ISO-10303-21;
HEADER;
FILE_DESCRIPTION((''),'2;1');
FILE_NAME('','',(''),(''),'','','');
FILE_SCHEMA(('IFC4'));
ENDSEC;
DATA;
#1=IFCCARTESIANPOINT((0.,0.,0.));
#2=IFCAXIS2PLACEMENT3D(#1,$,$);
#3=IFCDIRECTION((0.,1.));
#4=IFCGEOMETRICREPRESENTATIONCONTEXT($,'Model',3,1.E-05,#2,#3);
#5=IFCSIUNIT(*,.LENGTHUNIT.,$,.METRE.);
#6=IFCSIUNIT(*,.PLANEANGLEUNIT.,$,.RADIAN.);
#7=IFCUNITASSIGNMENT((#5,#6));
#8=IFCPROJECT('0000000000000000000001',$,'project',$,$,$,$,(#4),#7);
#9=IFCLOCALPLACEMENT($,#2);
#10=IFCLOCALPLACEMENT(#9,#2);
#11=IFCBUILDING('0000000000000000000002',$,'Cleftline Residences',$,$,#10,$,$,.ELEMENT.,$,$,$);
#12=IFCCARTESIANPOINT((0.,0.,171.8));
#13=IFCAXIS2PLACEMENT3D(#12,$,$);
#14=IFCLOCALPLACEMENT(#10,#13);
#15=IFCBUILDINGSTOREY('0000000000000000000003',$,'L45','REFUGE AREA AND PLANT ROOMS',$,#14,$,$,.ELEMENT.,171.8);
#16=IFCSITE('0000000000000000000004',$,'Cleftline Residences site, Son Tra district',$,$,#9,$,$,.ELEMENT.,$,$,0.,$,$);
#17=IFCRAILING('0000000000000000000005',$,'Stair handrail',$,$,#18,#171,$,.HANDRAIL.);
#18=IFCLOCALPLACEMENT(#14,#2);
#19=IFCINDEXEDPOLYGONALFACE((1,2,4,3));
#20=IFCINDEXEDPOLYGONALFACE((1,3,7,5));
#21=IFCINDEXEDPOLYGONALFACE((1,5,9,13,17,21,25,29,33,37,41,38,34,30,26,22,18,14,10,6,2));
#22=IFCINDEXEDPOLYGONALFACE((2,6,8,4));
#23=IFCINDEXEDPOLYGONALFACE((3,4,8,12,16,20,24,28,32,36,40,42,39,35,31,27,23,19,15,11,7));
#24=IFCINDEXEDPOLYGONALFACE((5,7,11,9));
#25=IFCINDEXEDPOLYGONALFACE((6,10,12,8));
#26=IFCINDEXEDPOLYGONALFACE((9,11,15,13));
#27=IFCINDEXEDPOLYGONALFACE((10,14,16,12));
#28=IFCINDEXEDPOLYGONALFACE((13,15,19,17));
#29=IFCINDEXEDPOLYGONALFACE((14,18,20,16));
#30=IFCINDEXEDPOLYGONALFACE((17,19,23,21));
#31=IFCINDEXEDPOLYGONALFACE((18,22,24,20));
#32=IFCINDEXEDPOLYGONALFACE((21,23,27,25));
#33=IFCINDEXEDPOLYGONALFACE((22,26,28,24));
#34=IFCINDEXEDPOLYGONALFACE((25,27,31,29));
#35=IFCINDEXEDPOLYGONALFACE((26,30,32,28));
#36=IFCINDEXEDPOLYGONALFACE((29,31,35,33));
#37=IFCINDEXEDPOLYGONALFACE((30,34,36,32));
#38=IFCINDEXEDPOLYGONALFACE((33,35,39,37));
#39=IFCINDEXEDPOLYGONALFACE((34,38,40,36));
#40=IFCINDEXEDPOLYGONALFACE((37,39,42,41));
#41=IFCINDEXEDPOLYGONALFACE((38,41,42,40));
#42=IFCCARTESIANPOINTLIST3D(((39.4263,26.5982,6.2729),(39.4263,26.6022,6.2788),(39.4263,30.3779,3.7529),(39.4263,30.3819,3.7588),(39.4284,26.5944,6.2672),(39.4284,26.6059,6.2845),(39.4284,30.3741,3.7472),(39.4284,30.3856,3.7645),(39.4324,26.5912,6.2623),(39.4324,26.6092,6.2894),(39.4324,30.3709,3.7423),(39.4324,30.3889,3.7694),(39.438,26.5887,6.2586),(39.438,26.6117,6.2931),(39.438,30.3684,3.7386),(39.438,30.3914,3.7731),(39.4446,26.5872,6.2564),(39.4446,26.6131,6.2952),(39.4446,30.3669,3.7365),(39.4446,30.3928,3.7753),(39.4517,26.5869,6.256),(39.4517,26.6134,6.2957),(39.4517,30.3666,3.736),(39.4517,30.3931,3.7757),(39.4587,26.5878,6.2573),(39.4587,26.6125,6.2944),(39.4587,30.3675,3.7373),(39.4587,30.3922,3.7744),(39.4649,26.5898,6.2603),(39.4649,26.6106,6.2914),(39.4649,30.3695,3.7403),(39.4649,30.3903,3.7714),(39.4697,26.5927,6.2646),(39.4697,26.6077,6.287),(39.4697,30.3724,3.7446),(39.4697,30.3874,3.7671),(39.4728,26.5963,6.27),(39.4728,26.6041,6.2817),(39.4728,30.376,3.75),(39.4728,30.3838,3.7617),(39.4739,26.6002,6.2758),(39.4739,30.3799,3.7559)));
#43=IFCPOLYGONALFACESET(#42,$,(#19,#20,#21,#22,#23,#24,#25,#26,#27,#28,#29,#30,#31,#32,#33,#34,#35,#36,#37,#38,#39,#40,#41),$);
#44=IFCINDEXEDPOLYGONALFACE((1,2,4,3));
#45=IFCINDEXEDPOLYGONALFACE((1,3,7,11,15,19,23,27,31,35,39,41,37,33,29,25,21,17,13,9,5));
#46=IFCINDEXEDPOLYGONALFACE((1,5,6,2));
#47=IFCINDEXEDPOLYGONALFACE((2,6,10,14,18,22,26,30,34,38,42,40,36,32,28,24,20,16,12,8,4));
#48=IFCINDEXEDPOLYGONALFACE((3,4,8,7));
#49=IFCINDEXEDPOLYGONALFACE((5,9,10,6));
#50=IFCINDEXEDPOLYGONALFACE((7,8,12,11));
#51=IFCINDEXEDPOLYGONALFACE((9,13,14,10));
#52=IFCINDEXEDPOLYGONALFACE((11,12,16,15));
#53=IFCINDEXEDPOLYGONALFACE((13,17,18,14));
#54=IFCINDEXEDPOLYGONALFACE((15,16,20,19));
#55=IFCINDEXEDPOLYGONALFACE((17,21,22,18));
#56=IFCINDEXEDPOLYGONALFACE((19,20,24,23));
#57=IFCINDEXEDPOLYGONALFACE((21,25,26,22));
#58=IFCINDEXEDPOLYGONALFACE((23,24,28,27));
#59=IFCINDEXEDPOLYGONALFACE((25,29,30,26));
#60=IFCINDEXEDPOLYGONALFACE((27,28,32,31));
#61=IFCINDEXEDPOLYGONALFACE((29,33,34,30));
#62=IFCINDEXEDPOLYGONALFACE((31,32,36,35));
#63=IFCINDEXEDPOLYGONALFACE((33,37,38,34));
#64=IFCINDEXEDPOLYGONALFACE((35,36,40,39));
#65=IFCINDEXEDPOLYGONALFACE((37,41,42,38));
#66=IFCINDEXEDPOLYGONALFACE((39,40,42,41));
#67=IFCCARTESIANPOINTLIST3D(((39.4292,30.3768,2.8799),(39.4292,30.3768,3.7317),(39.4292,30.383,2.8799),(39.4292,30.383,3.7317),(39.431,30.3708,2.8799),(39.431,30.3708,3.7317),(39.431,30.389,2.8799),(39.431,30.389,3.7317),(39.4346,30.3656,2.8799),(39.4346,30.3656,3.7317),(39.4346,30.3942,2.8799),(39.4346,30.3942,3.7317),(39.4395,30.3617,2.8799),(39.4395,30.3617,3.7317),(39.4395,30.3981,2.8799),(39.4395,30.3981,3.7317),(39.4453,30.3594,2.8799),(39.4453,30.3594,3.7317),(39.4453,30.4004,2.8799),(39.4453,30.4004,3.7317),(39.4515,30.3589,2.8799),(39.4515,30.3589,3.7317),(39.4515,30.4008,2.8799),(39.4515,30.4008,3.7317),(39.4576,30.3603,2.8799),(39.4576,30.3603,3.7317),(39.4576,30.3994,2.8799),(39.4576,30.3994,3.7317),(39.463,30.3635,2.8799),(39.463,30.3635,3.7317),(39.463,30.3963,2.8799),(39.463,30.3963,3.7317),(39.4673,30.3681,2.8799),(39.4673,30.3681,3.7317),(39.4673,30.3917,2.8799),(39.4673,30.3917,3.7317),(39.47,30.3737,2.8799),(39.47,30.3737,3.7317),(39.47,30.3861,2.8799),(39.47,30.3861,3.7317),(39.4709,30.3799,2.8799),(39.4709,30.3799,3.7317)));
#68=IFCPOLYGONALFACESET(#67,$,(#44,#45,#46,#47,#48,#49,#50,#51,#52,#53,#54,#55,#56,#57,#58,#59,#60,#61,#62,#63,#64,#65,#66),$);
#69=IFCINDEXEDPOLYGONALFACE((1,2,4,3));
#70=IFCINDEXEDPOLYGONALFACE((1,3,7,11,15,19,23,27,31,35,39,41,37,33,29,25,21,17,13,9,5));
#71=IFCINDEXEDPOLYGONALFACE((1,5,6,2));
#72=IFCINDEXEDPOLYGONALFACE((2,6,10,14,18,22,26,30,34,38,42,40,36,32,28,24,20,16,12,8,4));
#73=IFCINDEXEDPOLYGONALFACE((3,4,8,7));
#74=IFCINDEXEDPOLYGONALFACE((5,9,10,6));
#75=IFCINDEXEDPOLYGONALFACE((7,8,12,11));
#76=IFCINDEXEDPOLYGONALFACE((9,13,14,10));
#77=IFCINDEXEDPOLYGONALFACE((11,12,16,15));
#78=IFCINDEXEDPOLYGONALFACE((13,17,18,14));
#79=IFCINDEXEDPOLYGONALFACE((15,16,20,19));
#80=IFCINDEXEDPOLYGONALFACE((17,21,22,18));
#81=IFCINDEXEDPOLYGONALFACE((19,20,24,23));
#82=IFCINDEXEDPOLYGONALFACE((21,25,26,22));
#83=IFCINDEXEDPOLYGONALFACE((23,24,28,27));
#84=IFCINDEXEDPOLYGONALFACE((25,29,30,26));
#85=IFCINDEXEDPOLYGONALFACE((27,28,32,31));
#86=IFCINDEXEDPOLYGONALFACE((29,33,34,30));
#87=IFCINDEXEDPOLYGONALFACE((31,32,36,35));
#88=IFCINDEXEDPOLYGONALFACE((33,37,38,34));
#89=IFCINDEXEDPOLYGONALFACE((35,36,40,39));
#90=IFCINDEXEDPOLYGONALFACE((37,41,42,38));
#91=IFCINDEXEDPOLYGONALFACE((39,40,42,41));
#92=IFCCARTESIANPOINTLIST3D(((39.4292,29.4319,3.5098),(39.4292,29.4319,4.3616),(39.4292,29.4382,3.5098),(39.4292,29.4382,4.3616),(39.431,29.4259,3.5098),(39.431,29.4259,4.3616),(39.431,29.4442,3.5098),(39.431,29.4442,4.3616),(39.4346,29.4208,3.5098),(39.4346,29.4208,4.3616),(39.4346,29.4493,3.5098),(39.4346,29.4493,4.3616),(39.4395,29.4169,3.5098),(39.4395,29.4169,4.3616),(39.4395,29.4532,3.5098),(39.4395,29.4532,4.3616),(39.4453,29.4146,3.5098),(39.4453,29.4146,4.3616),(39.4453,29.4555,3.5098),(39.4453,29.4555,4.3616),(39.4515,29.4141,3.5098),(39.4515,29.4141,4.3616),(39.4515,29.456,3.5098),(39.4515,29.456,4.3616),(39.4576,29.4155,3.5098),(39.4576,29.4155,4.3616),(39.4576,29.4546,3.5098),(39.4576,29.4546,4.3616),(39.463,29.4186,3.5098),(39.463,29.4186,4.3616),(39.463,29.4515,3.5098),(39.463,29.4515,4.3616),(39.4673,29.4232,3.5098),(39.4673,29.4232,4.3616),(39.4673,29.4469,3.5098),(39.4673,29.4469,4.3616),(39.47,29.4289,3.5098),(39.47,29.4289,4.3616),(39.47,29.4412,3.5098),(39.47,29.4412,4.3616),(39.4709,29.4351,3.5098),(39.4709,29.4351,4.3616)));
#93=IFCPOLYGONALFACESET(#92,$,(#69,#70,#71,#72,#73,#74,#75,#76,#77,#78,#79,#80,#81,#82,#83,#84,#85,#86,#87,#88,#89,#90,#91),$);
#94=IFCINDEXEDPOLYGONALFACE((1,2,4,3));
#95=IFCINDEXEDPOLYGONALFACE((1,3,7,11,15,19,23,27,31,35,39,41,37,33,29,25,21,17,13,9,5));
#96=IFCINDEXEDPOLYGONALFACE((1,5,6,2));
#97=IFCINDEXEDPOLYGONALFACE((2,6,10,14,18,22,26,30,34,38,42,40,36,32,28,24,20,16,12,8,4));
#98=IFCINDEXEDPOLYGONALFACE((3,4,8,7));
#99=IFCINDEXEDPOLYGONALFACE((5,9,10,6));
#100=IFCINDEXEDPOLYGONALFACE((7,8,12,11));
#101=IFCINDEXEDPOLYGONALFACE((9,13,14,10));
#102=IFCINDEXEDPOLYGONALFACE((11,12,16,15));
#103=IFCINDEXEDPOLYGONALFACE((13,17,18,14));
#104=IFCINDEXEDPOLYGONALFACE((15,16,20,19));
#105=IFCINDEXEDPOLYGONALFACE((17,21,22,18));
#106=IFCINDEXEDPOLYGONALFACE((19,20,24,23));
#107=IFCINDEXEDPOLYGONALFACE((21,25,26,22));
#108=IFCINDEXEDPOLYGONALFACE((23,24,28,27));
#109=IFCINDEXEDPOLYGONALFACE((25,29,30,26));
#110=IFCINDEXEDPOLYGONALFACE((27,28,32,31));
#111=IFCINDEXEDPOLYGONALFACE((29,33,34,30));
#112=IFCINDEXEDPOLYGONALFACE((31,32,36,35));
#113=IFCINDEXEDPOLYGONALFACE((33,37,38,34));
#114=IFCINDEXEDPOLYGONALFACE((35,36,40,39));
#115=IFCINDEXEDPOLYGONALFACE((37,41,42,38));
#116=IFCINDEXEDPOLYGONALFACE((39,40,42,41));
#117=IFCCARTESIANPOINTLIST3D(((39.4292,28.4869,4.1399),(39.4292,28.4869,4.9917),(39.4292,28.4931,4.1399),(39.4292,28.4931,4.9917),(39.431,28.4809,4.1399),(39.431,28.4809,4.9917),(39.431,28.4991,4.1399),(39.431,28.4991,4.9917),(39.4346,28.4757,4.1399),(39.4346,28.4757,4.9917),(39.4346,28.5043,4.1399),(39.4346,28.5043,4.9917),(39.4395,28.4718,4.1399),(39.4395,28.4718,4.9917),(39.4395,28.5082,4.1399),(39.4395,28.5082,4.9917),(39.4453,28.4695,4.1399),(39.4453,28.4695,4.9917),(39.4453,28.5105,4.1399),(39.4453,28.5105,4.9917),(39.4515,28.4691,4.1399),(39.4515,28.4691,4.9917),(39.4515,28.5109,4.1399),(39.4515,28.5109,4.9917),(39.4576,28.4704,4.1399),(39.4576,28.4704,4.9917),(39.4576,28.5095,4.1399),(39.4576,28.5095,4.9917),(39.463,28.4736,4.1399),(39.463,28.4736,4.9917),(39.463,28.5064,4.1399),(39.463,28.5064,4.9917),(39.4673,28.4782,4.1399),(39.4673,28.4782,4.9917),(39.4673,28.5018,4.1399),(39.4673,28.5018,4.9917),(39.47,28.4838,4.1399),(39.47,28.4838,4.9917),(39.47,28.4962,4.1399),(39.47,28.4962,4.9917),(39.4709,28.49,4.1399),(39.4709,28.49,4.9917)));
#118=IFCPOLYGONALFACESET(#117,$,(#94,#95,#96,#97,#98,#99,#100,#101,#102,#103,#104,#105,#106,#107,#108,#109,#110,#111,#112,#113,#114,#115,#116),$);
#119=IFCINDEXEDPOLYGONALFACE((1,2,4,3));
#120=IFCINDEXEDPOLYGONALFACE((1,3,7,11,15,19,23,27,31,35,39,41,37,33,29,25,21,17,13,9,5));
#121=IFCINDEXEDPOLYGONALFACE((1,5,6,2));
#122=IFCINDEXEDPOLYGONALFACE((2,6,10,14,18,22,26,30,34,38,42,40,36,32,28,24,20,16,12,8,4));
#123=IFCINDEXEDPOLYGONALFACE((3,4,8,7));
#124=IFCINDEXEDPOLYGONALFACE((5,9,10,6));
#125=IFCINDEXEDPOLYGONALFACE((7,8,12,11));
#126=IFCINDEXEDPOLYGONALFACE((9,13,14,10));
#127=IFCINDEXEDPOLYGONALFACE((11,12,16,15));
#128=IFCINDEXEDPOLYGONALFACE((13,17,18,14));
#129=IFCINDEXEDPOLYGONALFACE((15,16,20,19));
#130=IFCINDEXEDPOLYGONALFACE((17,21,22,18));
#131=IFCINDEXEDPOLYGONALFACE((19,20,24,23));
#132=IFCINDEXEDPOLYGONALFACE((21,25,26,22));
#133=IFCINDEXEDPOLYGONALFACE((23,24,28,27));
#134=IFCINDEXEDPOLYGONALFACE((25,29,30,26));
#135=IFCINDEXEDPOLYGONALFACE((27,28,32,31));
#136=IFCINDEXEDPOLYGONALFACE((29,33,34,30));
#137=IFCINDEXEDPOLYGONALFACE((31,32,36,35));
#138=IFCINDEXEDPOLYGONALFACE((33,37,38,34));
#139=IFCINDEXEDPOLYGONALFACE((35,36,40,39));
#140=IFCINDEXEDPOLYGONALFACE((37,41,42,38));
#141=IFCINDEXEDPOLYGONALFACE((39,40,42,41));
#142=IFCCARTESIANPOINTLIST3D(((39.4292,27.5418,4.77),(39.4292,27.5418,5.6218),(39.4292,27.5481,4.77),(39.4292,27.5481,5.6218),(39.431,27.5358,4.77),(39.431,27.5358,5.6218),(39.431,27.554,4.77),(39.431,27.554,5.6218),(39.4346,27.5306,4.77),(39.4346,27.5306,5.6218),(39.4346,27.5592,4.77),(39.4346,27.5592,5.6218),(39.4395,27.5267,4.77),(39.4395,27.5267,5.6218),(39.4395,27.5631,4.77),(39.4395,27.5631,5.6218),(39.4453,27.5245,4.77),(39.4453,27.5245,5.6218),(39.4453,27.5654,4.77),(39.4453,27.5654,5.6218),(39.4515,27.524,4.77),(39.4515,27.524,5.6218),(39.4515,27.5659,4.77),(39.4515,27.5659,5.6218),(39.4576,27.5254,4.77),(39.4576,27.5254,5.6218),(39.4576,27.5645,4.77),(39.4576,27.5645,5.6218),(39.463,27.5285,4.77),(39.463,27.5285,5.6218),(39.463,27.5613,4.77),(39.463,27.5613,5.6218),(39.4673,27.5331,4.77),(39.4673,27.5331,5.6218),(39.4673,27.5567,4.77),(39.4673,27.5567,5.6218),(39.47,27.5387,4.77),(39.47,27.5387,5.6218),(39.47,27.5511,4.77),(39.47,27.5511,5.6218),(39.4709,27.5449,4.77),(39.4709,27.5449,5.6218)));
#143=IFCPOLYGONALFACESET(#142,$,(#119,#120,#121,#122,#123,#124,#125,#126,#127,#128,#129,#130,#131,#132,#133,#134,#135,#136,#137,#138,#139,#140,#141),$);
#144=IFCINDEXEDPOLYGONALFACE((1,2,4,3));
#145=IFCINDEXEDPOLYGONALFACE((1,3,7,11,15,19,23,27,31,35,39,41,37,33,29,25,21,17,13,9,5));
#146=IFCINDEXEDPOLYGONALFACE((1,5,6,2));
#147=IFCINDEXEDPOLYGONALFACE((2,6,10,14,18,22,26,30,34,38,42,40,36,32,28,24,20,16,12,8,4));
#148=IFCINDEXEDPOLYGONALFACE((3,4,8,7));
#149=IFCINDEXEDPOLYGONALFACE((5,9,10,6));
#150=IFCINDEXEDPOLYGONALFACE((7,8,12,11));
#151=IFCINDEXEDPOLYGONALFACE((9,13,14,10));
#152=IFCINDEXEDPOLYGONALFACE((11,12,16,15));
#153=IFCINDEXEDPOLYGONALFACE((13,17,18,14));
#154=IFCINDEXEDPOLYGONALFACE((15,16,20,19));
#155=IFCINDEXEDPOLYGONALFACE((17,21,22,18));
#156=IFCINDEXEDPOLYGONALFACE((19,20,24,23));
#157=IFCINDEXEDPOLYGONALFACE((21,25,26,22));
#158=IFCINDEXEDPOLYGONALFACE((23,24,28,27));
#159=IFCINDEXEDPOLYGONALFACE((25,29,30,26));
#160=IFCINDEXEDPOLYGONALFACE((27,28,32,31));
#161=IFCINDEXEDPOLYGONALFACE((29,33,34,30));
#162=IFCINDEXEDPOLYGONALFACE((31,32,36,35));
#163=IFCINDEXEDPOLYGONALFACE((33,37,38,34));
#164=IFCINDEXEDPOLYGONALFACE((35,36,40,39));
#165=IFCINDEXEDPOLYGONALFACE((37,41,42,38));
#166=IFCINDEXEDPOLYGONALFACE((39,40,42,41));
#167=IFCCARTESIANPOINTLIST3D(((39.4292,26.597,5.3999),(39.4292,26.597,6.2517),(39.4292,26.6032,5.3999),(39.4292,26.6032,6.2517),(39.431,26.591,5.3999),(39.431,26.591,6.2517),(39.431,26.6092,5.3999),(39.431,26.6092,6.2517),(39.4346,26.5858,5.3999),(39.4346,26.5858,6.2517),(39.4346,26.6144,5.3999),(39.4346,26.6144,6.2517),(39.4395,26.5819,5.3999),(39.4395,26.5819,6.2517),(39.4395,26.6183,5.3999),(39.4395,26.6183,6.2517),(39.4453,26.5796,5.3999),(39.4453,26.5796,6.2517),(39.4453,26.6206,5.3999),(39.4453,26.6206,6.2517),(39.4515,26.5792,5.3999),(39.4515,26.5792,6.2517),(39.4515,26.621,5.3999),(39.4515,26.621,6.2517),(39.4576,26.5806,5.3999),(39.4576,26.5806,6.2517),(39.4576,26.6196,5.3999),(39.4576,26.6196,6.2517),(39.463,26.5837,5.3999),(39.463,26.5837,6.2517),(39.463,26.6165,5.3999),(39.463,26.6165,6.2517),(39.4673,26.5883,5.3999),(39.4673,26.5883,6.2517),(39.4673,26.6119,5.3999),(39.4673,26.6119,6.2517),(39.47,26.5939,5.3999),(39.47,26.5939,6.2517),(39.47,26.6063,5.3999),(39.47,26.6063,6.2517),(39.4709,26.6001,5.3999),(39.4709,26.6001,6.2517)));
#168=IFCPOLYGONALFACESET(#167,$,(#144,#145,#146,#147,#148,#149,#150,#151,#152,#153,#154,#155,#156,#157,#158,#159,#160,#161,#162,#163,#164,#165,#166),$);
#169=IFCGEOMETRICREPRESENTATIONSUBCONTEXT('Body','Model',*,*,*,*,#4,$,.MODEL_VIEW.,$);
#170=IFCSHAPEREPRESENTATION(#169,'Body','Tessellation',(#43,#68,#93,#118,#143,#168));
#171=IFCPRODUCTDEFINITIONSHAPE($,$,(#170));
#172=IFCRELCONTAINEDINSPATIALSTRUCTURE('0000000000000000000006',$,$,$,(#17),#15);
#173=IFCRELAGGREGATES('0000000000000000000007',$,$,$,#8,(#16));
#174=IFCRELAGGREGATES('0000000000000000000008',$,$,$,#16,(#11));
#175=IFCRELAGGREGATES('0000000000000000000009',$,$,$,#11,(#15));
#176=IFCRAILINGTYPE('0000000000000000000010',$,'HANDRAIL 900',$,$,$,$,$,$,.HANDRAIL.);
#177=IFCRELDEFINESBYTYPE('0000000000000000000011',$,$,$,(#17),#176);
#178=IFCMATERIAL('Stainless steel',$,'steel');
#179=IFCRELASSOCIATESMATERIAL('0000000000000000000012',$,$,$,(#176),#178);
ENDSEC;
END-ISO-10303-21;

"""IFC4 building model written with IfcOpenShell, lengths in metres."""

from ifc_helpers import new_model, si_unit, direction, frame, origin, origin_2d, place, context, subcontext, project, spatial, circle, extrude, material, type_object, element, save


model = new_model("IFC4")

# Units and contexts
model_context = context("Model", 3, precision=1e-05, world=origin(), true_north=direction((0.0, 1.0)))
body_context = subcontext(model_context, "Body", "Model", "MODEL_VIEW")
ifc_project = project(units=[si_unit("LENGTHUNIT", "METRE"), si_unit("PLANEANGLEUNIT", "RADIAN")], contexts=[model_context])

# Site, building, storey
site_placement = place(None, origin())
site = spatial("IfcSite", under=ifc_project, at=site_placement, Name="Cleftline Residences site, Son Tra district", CompositionType="ELEMENT", RefElevation=0.0)
building_placement = place(site_placement, origin())
building = spatial("IfcBuilding", under=site, at=building_placement, Name="Cleftline Residences", CompositionType="ELEMENT")
storey_placement = place(building_placement, frame((0.0, 0.0, 171.8)))
storey = spatial("IfcBuildingStorey", under=building, at=storey_placement, Name="L45", Description="REFUGE AREA AND PLANT ROOMS", CompositionType="ELEMENT", Elevation=171.8)

# Railing
ifc_material_1 = material(Name="Stainless steel", Category="steel")
railing_type = type_object("IfcRailingType", Name="HANDRAIL 900", PredefinedType="HANDRAIL", material=ifc_material_1)
railing_1_placement = place(storey_placement, frame((39.45, 30.3799, 2.8799)))
element("IfcRailing", 1, at=railing_1_placement, inside=storey, type_object=railing_type, Name="Stair handrail", PredefinedType="HANDRAIL", context=body_context, shape_type="SweptSolid", body=[
    extrude(circle(Radius=0.0239, at=origin_2d()), frame((0.0, 0.0, 0.876), z_axis=(0.0, -0.832034, 0.554725), x_axis=(1.0, 0.0, 0.0)), (0.0, 0.0, 1.0), 4.5427),
    extrude(circle(Radius=0.021, at=origin_2d()), origin(), (0.0, 0.0, 1.0), 0.8518),
    extrude(circle(Radius=0.021, at=origin_2d()), frame((0.0, -0.9448, 0.6299)), (0.0, 0.0, 1.0), 0.8518),
    extrude(circle(Radius=0.021, at=origin_2d()), frame((0.0, -1.8899, 1.26)), (0.0, 0.0, 1.0), 0.8518),
    extrude(circle(Radius=0.021, at=origin_2d()), frame((0.0, -2.835, 1.8901)), (0.0, 0.0, 1.0), 0.8518),
    extrude(circle(Radius=0.021, at=origin_2d()), frame((0.0, -3.7798, 2.52)), (0.0, 0.0, 1.0), 0.8518),
])

save(model, "model.ifc")
